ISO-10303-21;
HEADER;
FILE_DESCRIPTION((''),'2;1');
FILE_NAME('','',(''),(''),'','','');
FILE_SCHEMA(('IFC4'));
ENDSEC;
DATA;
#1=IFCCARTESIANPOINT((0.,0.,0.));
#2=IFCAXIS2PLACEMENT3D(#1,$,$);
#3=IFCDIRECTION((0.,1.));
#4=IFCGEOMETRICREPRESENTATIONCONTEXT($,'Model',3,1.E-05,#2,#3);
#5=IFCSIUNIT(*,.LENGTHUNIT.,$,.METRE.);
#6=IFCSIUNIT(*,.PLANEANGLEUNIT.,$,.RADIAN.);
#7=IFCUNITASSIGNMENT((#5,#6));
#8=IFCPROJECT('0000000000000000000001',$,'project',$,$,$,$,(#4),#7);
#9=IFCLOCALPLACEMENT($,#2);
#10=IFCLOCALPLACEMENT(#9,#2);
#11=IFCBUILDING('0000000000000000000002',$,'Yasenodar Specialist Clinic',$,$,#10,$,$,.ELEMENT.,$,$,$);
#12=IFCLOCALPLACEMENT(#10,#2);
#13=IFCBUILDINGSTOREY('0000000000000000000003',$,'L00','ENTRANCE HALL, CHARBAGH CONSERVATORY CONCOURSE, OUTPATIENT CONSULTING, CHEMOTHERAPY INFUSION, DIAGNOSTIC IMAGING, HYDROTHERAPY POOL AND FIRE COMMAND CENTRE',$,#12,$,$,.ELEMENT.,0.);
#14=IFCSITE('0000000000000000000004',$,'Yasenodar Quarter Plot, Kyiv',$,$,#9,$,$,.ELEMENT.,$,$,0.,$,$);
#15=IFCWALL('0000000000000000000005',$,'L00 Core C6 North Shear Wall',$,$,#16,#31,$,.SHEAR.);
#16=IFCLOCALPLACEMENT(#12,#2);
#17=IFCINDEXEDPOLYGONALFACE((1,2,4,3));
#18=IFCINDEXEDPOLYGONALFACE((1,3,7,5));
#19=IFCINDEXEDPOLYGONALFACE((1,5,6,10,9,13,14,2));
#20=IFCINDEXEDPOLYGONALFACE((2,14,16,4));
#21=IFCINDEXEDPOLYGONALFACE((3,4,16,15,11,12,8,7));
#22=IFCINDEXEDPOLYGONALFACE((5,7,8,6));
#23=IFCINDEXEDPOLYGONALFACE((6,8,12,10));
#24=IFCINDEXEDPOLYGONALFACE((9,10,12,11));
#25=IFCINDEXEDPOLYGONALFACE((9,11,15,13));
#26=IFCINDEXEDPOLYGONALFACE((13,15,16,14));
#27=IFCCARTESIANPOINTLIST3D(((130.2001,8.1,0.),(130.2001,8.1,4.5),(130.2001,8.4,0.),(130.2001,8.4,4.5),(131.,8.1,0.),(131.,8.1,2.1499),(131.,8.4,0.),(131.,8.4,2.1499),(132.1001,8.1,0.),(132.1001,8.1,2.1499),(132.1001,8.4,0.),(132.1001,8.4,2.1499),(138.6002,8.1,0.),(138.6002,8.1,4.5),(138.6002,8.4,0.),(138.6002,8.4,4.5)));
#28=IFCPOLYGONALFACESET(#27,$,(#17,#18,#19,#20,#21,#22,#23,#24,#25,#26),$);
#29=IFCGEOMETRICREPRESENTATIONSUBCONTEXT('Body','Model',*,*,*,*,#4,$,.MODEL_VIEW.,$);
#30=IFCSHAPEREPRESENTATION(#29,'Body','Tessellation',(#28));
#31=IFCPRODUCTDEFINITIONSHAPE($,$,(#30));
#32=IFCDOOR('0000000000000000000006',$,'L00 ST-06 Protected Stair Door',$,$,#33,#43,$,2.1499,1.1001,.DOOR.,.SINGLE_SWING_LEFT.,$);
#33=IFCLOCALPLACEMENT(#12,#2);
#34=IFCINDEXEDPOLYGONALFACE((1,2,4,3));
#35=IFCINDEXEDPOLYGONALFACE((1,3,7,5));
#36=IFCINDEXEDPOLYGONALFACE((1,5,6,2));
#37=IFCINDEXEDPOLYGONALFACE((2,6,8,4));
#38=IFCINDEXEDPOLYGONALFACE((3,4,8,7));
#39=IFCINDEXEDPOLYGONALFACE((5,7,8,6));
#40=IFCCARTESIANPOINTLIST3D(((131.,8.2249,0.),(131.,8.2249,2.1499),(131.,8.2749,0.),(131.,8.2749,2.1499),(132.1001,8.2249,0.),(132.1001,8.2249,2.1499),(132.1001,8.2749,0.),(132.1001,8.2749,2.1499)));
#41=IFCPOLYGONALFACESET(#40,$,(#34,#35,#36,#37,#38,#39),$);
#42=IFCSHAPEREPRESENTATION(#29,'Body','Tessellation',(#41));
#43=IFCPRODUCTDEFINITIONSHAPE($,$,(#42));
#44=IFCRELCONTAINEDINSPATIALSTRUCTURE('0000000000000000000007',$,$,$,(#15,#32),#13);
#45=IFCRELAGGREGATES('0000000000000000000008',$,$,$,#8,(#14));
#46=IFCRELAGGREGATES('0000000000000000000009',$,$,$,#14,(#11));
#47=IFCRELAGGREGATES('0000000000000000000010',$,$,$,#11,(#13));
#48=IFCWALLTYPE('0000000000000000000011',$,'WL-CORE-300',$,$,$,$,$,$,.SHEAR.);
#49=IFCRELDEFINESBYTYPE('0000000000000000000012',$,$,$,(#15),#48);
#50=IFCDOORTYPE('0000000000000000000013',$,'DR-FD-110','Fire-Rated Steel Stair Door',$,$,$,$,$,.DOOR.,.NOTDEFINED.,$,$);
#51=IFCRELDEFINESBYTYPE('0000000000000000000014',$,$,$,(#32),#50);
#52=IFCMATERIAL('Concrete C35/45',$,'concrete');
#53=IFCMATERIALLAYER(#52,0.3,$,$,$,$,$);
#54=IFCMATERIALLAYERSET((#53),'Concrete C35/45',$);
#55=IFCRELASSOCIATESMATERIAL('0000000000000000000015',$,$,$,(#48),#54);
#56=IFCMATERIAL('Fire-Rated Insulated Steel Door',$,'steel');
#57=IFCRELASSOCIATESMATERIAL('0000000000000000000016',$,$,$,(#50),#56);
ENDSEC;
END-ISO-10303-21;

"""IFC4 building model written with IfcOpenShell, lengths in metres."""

from ifc_helpers import new_model, si_unit, direction, frame, frame_2d, origin, place, context, subcontext, project, spatial, rectangle, extrude, material, layer, layer_set, type_object, element, fill, save


model = new_model("IFC4")

# Units and contexts
model_context = context("Model", 3, precision=1e-05, world=origin(), true_north=direction((0.0, 1.0)))
body_context = subcontext(model_context, "Body", "Model", "MODEL_VIEW")
ifc_project = project(units=[si_unit("LENGTHUNIT", "METRE"), si_unit("PLANEANGLEUNIT", "RADIAN")], contexts=[model_context])

# Site, building, storey
site_placement = place(None, origin())
site = spatial("IfcSite", under=ifc_project, at=site_placement, Name="Yasenodar Quarter Plot, Kyiv", CompositionType="ELEMENT", RefElevation=0.0)
building_placement = place(site_placement, origin())
building = spatial("IfcBuilding", under=site, at=building_placement, Name="Yasenodar Specialist Clinic", CompositionType="ELEMENT")
storey_placement = place(building_placement, origin())
storey = spatial("IfcBuildingStorey", under=building, at=storey_placement, Name="L00", Description="ENTRANCE HALL, CHARBAGH CONSERVATORY CONCOURSE, OUTPATIENT CONSULTING, CHEMOTHERAPY INFUSION, DIAGNOSTIC IMAGING, HYDROTHERAPY POOL AND FIRE COMMAND CENTRE", CompositionType="ELEMENT", Elevation=0.0)

# Wall, opening, door
ifc_material_1 = material(Name="Concrete C35/45", Category="concrete")
ifc_layer_1 = layer(ifc_material_1, 0.3)
ifc_layer_set_1 = layer_set([ifc_layer_1], Name="Concrete C35/45")
wall_type_1 = type_object("IfcWallType", Name="WL-CORE-300", PredefinedType="SHEAR", material=ifc_layer_set_1)
wall_1_placement = place(storey_placement, frame((130.2, 8.25, 0.0), z_axis=(0.0, 0.0, 1.0), x_axis=(1.0, 0.0, 0.0)))
wall_1 = element("IfcWall", 1, at=wall_1_placement, inside=storey, type_object=wall_type_1, Name="L00 Core C6 North Shear Wall", PredefinedType="SHEAR", context=body_context, shape_type="SweptSolid", body=[
    extrude(rectangle(XDim=8.4001, YDim=0.3, at=frame_2d((4.2002, 0.0))), origin(), (0.0, 0.0, 1.0), 4.5),
])
opening_1_placement = place(wall_1_placement, frame((0.8, 0.0, 0.0)))
opening_1 = element("IfcOpeningElement", 2, at=opening_1_placement, cuts=wall_1, PredefinedType="OPENING", context=body_context, shape_type="SweptSolid", body=[
    extrude(rectangle(XDim=1.1001, YDim=2.1499, at=frame_2d((0.55, 1.075))), frame((0.0, 0.1602, 0.0), z_axis=(0.0, -1.0, 0.0), x_axis=(1.0, 0.0, 0.0)), (0.0, 0.0, 1.0), 0.3201),
])
ifc_material_2 = material(Name="Fire-Rated Insulated Steel Door", Category="steel")
door_type_1 = type_object("IfcDoorType", Name="DR-FD-110", Description="Fire-Rated Steel Stair Door", OperationType="NOTDEFINED", PredefinedType="DOOR", material=ifc_material_2)
door_1_placement = place(opening_1_placement, origin())
door_1 = element("IfcDoor", 3, at=door_1_placement, inside=storey, type_object=door_type_1, Name="L00 ST-06 Protected Stair Door", OperationType="SINGLE_SWING_LEFT", OverallHeight=2.1499, OverallWidth=1.1001, PredefinedType="DOOR", context=body_context, shape_type="SweptSolid", body=[
    extrude(rectangle(XDim=1.1001, YDim=2.1499, at=frame_2d((0.55, 1.075))), frame((0.0, 0.0249, 0.0), z_axis=(0.0, -1.0, 0.0), x_axis=(1.0, 0.0, 0.0)), (0.0, 0.0, 1.0), 0.05),
])
fill(opening_1, door_1)

save(model, "model.ifc")
